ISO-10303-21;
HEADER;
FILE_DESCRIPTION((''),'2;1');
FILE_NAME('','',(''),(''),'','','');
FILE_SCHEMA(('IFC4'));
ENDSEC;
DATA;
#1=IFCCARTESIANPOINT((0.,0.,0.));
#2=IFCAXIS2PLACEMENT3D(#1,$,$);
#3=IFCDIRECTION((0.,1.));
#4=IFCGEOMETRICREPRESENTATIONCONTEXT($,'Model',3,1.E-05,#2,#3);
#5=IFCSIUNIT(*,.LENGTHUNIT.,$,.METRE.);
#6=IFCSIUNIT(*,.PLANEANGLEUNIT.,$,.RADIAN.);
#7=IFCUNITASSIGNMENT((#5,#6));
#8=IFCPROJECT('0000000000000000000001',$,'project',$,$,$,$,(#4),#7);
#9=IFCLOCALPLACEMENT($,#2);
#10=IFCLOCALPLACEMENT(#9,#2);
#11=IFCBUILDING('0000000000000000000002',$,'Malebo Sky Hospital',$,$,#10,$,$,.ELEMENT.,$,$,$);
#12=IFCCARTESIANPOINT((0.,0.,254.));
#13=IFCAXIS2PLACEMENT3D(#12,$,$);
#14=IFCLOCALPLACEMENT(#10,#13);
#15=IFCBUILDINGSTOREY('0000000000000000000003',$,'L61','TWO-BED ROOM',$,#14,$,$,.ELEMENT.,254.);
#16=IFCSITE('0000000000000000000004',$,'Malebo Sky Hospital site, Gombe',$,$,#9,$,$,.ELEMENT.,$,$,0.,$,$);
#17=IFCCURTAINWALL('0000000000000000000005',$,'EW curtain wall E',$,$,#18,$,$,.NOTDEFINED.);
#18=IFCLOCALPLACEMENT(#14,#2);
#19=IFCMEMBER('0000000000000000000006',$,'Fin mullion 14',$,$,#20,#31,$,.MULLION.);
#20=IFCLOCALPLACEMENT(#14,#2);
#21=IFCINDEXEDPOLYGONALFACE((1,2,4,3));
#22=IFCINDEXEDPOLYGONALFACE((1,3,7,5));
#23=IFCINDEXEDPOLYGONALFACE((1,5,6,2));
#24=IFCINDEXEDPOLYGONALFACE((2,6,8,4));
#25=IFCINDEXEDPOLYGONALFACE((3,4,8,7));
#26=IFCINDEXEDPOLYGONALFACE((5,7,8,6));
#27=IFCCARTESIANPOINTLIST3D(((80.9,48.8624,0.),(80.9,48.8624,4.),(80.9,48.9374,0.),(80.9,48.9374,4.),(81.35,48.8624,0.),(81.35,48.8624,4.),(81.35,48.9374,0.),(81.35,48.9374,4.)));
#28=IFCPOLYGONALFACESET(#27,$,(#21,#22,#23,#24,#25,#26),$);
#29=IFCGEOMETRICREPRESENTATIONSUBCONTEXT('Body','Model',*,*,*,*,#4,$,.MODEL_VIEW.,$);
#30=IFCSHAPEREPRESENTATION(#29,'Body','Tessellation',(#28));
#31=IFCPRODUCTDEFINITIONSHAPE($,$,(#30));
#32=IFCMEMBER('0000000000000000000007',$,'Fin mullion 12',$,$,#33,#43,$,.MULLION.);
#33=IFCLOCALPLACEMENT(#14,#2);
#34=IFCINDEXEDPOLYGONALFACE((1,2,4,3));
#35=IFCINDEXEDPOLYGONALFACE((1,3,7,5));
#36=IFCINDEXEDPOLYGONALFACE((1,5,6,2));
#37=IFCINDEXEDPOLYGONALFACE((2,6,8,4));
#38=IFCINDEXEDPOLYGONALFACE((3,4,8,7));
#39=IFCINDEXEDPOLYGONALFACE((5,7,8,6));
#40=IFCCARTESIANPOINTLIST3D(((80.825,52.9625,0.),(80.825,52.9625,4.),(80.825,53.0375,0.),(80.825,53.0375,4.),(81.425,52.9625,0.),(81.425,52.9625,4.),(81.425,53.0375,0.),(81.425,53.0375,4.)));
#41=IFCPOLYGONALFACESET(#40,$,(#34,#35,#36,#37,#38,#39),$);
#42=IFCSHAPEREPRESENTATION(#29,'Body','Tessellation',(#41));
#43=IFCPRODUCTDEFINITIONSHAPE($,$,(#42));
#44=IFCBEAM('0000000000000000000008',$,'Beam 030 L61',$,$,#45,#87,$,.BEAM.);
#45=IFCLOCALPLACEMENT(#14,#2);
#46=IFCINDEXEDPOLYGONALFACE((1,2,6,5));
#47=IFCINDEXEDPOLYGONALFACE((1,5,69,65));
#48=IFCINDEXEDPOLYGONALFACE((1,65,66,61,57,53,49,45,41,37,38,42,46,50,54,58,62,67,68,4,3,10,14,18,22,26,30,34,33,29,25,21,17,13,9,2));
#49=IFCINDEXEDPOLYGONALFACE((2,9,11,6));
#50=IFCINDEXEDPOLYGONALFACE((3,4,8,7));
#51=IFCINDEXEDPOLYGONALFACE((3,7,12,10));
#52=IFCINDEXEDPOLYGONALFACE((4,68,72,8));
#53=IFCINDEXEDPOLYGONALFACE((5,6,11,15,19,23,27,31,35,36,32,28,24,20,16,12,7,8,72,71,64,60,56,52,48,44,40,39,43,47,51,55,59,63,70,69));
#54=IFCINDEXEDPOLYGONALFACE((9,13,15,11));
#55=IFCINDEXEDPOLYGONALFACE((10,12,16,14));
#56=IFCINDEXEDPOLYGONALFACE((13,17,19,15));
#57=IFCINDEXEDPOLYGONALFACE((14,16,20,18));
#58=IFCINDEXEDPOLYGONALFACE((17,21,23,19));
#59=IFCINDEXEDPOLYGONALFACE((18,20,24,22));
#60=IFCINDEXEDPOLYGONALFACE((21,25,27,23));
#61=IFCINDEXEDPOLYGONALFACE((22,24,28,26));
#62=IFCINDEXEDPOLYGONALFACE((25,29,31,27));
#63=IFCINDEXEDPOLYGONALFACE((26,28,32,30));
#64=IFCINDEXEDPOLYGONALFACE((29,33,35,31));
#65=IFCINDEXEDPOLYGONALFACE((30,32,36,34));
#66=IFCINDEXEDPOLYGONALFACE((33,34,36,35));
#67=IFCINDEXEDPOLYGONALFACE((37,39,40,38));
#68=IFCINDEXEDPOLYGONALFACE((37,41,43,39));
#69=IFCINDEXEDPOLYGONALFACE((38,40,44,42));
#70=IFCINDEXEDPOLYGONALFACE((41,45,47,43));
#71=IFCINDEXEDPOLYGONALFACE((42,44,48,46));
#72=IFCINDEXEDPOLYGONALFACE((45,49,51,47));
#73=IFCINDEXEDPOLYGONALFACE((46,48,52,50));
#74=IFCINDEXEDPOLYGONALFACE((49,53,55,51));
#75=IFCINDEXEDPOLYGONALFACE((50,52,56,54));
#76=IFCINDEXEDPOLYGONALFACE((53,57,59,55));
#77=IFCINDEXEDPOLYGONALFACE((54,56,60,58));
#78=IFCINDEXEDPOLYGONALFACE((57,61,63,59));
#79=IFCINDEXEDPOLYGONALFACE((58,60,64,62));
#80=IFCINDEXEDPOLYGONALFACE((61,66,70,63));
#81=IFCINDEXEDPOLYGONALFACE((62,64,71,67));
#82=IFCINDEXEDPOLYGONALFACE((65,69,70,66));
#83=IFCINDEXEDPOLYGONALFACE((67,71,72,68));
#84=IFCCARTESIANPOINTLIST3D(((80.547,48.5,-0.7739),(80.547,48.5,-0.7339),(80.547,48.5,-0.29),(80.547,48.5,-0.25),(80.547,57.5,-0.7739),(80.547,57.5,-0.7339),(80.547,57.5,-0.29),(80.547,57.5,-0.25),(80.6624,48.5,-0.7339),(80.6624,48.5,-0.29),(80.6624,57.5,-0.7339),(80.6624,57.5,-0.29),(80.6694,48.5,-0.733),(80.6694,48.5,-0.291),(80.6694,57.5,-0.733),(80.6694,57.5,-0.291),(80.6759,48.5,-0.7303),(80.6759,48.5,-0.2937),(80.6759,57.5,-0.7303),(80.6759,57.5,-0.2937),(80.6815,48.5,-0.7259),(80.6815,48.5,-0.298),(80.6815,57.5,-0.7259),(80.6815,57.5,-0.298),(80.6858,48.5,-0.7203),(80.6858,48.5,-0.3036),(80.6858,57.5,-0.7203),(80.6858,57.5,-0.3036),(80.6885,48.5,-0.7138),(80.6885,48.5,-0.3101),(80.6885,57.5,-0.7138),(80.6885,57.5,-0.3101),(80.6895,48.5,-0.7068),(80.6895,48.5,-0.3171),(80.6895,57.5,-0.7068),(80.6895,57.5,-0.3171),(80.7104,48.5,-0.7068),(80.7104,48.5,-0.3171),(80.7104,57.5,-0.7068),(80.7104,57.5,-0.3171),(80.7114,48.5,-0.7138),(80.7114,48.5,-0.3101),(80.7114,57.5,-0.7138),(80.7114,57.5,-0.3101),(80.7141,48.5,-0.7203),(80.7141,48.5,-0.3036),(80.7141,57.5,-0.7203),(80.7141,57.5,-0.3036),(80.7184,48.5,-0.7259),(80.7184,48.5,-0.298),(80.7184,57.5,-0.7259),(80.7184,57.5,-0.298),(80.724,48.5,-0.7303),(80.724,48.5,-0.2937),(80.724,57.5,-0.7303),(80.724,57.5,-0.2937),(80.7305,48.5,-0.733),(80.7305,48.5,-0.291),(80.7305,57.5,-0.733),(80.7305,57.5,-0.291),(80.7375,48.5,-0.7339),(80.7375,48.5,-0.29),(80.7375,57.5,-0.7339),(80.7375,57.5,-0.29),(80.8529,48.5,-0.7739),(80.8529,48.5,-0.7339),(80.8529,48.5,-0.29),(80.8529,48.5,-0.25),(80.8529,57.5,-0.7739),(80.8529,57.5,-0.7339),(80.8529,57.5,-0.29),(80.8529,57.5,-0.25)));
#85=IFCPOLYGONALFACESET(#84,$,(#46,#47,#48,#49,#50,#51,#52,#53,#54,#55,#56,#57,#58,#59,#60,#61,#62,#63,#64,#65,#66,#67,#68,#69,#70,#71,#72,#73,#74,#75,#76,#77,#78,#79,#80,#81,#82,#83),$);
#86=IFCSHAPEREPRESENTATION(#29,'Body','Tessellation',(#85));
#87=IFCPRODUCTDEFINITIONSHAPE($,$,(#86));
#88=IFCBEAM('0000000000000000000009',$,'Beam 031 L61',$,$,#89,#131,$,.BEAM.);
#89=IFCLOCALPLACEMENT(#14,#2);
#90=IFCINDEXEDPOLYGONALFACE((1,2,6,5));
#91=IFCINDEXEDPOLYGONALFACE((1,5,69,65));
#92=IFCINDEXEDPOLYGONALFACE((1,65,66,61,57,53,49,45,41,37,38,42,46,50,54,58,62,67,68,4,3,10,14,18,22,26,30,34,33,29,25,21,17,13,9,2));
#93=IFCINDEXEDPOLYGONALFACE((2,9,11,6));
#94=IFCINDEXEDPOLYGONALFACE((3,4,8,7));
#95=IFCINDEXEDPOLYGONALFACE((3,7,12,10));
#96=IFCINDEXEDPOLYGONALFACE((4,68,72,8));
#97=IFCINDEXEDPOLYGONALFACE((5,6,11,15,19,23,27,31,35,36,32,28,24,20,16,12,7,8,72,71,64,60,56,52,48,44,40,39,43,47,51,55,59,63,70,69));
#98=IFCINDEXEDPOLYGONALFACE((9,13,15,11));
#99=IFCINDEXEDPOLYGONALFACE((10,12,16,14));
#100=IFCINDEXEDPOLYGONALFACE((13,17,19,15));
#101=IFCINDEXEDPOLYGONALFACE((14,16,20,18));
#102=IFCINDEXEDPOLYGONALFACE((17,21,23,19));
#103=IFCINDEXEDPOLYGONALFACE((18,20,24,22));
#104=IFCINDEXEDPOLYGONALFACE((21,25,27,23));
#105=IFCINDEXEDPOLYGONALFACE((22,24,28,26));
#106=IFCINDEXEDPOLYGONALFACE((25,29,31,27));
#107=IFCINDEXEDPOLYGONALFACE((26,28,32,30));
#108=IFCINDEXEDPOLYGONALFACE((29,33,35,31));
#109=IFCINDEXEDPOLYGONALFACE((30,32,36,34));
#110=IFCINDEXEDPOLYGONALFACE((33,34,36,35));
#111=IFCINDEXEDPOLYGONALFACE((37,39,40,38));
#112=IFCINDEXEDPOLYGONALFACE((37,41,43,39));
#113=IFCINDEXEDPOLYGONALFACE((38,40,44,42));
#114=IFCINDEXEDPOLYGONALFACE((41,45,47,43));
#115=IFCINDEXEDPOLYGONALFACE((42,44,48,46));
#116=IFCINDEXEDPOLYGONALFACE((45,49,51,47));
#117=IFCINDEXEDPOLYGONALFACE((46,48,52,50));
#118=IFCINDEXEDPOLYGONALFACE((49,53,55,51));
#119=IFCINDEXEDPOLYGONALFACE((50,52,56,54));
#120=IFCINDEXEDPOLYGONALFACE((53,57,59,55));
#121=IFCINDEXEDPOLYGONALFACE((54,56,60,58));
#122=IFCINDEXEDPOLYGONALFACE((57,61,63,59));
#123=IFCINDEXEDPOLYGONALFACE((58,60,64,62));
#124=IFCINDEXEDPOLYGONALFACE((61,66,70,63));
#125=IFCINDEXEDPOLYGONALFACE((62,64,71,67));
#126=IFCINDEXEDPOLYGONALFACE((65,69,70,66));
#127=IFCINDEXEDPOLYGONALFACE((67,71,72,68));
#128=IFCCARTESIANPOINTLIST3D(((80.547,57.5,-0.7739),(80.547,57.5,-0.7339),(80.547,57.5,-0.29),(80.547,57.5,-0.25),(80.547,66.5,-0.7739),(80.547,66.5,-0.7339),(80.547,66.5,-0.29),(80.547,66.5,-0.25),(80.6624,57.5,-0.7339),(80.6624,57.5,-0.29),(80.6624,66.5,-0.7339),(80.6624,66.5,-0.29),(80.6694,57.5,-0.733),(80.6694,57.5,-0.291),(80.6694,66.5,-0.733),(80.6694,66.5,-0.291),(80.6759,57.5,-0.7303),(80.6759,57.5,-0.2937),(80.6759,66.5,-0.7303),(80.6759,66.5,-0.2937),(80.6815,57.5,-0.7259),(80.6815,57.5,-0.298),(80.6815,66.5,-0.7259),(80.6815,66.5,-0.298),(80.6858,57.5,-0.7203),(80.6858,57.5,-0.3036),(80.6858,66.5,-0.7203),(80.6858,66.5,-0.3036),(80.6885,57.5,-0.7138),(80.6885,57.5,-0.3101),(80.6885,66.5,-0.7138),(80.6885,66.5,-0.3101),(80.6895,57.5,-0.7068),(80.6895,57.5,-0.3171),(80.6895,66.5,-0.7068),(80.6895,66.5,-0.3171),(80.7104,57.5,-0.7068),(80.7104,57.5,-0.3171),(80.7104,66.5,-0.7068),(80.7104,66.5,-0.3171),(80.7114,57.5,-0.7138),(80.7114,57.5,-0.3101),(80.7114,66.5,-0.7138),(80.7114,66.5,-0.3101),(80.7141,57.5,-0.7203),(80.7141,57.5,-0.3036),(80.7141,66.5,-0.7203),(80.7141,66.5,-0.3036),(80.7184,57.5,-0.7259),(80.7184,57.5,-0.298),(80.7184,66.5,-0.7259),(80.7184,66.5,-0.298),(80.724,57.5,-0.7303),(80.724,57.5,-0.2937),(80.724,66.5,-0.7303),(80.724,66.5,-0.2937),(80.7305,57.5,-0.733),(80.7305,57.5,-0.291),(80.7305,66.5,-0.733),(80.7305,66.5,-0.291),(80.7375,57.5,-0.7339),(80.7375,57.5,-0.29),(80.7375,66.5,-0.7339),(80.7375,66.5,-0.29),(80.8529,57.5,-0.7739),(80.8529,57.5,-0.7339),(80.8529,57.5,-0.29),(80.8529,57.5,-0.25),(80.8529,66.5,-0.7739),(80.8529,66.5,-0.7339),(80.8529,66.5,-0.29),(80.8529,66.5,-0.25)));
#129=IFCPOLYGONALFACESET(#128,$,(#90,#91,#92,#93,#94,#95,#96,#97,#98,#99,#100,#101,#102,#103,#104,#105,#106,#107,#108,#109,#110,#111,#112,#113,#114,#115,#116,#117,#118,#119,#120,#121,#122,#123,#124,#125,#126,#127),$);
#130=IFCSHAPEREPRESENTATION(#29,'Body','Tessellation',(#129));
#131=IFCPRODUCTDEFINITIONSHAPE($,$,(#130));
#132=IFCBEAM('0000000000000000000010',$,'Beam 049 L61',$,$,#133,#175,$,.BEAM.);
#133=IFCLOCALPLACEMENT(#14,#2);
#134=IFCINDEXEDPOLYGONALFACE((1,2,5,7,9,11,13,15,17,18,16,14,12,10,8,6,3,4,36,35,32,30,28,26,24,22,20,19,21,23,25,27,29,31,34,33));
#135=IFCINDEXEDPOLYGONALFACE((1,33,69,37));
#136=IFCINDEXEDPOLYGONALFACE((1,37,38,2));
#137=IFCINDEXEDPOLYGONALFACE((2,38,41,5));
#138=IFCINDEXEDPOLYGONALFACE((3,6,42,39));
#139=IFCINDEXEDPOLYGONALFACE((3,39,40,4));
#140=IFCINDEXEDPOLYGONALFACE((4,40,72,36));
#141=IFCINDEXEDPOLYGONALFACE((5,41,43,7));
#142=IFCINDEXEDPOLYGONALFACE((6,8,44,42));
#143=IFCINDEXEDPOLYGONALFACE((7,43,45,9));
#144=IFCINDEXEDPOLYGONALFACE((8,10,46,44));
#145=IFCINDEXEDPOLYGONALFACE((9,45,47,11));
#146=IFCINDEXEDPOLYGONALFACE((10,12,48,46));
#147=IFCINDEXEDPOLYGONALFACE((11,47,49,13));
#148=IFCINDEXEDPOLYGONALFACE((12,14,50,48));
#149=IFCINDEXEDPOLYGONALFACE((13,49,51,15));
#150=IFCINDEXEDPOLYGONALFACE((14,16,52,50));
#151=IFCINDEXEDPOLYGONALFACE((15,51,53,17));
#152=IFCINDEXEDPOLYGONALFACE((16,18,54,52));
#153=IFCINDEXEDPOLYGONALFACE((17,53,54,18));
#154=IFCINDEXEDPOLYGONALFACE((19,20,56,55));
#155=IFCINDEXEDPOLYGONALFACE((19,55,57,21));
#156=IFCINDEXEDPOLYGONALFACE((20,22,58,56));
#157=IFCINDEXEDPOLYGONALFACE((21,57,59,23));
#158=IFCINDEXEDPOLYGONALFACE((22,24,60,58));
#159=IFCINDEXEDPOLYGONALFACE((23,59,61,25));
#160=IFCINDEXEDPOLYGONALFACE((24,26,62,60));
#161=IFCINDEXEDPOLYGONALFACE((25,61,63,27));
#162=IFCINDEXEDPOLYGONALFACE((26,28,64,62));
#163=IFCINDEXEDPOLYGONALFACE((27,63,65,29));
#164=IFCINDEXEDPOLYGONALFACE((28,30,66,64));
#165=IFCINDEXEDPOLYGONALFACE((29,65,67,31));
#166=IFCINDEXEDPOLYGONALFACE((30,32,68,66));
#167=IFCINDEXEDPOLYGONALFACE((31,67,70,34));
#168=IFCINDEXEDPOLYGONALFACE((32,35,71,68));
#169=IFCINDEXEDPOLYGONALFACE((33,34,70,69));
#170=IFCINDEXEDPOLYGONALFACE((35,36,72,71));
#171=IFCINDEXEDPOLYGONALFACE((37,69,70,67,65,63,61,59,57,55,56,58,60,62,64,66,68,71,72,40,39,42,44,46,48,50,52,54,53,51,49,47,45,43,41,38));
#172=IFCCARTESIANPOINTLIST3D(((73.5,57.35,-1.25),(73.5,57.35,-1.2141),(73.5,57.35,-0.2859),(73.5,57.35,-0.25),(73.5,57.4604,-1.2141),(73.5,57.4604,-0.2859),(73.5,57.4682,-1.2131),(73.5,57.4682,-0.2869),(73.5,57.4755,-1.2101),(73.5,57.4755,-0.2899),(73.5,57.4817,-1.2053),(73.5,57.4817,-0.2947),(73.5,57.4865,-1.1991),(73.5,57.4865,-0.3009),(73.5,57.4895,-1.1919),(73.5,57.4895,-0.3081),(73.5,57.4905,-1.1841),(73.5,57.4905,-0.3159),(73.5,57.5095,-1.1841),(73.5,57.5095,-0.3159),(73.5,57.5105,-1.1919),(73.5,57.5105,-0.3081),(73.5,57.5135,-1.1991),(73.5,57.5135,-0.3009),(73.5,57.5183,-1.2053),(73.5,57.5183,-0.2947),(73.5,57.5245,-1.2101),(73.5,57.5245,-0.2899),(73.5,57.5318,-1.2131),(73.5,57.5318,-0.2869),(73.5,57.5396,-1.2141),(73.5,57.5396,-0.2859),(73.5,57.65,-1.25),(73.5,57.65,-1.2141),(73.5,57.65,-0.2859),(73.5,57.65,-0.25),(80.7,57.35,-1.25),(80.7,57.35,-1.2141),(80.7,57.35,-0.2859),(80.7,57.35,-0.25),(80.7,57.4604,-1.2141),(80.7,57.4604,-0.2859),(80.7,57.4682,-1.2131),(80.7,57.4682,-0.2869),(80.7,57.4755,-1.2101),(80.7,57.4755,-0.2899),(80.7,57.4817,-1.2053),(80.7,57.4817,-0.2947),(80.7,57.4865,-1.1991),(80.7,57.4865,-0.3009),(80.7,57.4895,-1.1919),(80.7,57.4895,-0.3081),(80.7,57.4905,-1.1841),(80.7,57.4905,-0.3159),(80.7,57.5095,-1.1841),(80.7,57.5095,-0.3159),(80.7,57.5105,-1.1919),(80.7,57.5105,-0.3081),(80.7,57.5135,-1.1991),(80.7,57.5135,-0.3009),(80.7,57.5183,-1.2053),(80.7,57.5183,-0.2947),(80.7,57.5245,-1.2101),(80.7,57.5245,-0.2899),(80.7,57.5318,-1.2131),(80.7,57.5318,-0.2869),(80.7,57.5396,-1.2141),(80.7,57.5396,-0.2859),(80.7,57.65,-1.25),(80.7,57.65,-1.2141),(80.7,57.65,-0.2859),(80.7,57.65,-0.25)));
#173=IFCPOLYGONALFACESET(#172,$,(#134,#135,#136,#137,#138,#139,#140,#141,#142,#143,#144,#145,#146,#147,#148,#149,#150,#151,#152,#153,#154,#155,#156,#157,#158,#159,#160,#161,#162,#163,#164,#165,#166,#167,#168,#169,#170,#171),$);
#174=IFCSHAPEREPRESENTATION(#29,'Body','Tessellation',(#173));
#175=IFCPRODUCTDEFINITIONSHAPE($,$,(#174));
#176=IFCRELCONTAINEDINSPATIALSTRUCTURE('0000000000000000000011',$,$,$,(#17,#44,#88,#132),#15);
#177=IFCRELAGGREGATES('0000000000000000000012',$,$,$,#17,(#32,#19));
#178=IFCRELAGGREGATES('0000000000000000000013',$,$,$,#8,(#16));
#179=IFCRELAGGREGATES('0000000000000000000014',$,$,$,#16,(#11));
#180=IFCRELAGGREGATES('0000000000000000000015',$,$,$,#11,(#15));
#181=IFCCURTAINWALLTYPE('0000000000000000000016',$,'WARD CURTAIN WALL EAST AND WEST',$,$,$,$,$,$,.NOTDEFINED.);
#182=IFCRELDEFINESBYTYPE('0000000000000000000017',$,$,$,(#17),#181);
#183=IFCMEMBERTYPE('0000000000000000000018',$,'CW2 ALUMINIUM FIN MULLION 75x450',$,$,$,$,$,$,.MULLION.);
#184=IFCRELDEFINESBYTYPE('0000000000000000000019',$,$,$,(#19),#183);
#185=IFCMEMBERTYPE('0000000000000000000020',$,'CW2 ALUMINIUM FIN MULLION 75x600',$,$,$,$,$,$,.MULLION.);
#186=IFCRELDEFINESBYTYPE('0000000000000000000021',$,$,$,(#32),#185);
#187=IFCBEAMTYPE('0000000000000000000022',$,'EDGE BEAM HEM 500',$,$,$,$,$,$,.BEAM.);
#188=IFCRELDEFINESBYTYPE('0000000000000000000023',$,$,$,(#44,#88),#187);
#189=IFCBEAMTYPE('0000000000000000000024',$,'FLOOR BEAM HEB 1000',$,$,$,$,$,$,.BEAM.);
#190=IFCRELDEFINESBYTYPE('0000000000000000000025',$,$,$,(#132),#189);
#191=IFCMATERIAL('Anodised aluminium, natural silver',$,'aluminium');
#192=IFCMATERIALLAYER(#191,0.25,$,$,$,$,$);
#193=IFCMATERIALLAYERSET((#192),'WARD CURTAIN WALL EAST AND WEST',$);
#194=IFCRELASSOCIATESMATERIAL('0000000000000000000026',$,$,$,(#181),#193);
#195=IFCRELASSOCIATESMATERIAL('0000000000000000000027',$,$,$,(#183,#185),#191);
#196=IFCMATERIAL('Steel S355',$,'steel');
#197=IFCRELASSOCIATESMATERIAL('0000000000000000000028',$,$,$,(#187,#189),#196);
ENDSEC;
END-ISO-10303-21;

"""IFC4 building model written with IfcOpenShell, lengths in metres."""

from ifc_helpers import new_model, si_unit, direction, frame, origin, origin_2d, place, context, subcontext, project, spatial, rectangle, i_section, extrude, material, layer, layer_set, material_profile, profile_set, type_object, element, aggregate, save


model = new_model("IFC4")

# Units and contexts
model_context = context("Model", 3, precision=1e-05, world=origin(), true_north=direction((0.0, 1.0)))
body_context = subcontext(model_context, "Body", "Model", "MODEL_VIEW")
ifc_project = project(units=[si_unit("LENGTHUNIT", "METRE"), si_unit("PLANEANGLEUNIT", "RADIAN")], contexts=[model_context])

# Site, building, storey
site_placement = place(None, origin())
site = spatial("IfcSite", under=ifc_project, at=site_placement, Name="Malebo Sky Hospital site, Gombe", CompositionType="ELEMENT", RefElevation=0.0)
building_placement = place(site_placement, origin())
building = spatial("IfcBuilding", under=site, at=building_placement, Name="Malebo Sky Hospital", CompositionType="ELEMENT")
storey_placement = place(building_placement, frame((0.0, 0.0, 254.0)))
storey = spatial("IfcBuildingStorey", under=building, at=storey_placement, Name="L61", Description="TWO-BED ROOM", CompositionType="ELEMENT", Elevation=254.0)

# Curtain wall, members
ifc_material_1 = material(Name="Anodised aluminium, natural silver", Category="aluminium")
ifc_layer_1 = layer(ifc_material_1, 0.25)
ifc_layer_set_1 = layer_set([ifc_layer_1], Name="WARD CURTAIN WALL EAST AND WEST")
curtain_wall_type = type_object("IfcCurtainWallType", Name="WARD CURTAIN WALL EAST AND WEST", PredefinedType="NOTDEFINED", material=ifc_layer_set_1)
curtain_wall_placement = place(storey_placement, origin())
curtain_wall = element("IfcCurtainWall", 1, at=curtain_wall_placement, inside=storey, type_object=curtain_wall_type, Name="EW curtain wall E", PredefinedType="NOTDEFINED")
ifc_material_profile_1 = material_profile(ifc_material_1, rectangle(XDim=0.075, YDim=0.45, at=origin_2d()), Name="CW2 ALUMINIUM FIN MULLION 75x450")
ifc_profile_set_1 = profile_set([ifc_material_profile_1], Name="Anodised aluminium, natural silver")
member_type_1 = type_object("IfcMemberType", Name="CW2 ALUMINIUM FIN MULLION 75x450", PredefinedType="MULLION", material=ifc_profile_set_1)
member_1_placement = place(storey_placement, frame((81.125, 48.8999, 0.0), z_axis=(0.0, 0.0, 1.0), x_axis=(0.0, -1.0, 0.0)))
member_1 = element("IfcMember", 2, at=member_1_placement, type_object=member_type_1, Name="Fin mullion 14", PredefinedType="MULLION", context=body_context, shape_type="SweptSolid", body=[
    extrude(rectangle(XDim=0.075, YDim=0.45, at=origin_2d()), origin(), (0.0, 0.0, 1.0), 4.0),
])
ifc_material_profile_2 = material_profile(ifc_material_1, rectangle(XDim=0.075, YDim=0.6001, at=origin_2d()), Name="CW2 ALUMINIUM FIN MULLION 75x600")
ifc_profile_set_2 = profile_set([ifc_material_profile_2], Name="Anodised aluminium, natural silver")
member_type_2 = type_object("IfcMemberType", Name="CW2 ALUMINIUM FIN MULLION 75x600", PredefinedType="MULLION", material=ifc_profile_set_2)
member_2_placement = place(storey_placement, frame((81.125, 53.0, 0.0), z_axis=(0.0, 0.0, 1.0), x_axis=(0.0, -1.0, 0.0)))
member_2 = element("IfcMember", 3, at=member_2_placement, type_object=member_type_2, Name="Fin mullion 12", PredefinedType="MULLION", context=body_context, shape_type="SweptSolid", body=[
    extrude(rectangle(XDim=0.075, YDim=0.6001, at=origin_2d()), origin(), (0.0, 0.0, 1.0), 4.0),
])

# Beams
ifc_material_2 = material(Name="Steel S355", Category="steel")
ifc_material_profile_3 = material_profile(ifc_material_2, i_section(OverallWidth=0.3059, OverallDepth=0.5239, WebThickness=0.021, FlangeThickness=0.04, FilletRadius=0.0271, at=origin_2d()), Name="HEM 500")
ifc_profile_set_3 = profile_set([ifc_material_profile_3], Name="Steel S355")
beam_type_1 = type_object("IfcBeamType", Name="EDGE BEAM HEM 500", PredefinedType="BEAM", material=ifc_profile_set_3)
for number, where, z_axis, x_axis, name in (
    (4, (80.7, 48.5, -0.512), (0.0, 1.0, 0.0), (-1.0, 0.0, 0.0), "Beam 030 L61"),
    (5, (80.7, 57.5, -0.512), (0.0, 1.0, 0.0), (-1.0, 0.0, 0.0), "Beam 031 L61"),
):
    element("IfcBeam", number, at=place(storey_placement, frame(where, z_axis=z_axis, x_axis=x_axis)), inside=storey, type_object=beam_type_1, Name=name, PredefinedType="BEAM", context=body_context, shape_type="SweptSolid", body=[
        extrude(i_section(OverallWidth=0.3059, OverallDepth=0.5239, WebThickness=0.021, FlangeThickness=0.04, FilletRadius=0.0271, at=origin_2d()), origin(), (0.0, 0.0, 1.0), 9.0),
    ])
ifc_material_profile_4 = material_profile(ifc_material_2, i_section(OverallWidth=0.3, OverallDepth=1.0, WebThickness=0.019, FlangeThickness=0.0359, FilletRadius=0.03, at=origin_2d()), Name="HEB 1000")
ifc_profile_set_4 = profile_set([ifc_material_profile_4], Name="Steel S355")
beam_type_2 = type_object("IfcBeamType", Name="FLOOR BEAM HEB 1000", PredefinedType="BEAM", material=ifc_profile_set_4)
beam_1_placement = place(storey_placement, frame((73.5, 57.5, -0.75), z_axis=(1.0, 0.0, 0.0), x_axis=(0.0, 1.0, 0.0)))
element("IfcBeam", 6, at=beam_1_placement, inside=storey, type_object=beam_type_2, Name="Beam 049 L61", PredefinedType="BEAM", context=body_context, shape_type="SweptSolid", body=[
    extrude(i_section(OverallWidth=0.3, OverallDepth=1.0, WebThickness=0.019, FlangeThickness=0.0359, FilletRadius=0.03, at=origin_2d()), origin(), (0.0, 0.0, 1.0), 7.2),
])

aggregate(curtain_wall, [member_2, member_1])

save(model, "model.ifc")
